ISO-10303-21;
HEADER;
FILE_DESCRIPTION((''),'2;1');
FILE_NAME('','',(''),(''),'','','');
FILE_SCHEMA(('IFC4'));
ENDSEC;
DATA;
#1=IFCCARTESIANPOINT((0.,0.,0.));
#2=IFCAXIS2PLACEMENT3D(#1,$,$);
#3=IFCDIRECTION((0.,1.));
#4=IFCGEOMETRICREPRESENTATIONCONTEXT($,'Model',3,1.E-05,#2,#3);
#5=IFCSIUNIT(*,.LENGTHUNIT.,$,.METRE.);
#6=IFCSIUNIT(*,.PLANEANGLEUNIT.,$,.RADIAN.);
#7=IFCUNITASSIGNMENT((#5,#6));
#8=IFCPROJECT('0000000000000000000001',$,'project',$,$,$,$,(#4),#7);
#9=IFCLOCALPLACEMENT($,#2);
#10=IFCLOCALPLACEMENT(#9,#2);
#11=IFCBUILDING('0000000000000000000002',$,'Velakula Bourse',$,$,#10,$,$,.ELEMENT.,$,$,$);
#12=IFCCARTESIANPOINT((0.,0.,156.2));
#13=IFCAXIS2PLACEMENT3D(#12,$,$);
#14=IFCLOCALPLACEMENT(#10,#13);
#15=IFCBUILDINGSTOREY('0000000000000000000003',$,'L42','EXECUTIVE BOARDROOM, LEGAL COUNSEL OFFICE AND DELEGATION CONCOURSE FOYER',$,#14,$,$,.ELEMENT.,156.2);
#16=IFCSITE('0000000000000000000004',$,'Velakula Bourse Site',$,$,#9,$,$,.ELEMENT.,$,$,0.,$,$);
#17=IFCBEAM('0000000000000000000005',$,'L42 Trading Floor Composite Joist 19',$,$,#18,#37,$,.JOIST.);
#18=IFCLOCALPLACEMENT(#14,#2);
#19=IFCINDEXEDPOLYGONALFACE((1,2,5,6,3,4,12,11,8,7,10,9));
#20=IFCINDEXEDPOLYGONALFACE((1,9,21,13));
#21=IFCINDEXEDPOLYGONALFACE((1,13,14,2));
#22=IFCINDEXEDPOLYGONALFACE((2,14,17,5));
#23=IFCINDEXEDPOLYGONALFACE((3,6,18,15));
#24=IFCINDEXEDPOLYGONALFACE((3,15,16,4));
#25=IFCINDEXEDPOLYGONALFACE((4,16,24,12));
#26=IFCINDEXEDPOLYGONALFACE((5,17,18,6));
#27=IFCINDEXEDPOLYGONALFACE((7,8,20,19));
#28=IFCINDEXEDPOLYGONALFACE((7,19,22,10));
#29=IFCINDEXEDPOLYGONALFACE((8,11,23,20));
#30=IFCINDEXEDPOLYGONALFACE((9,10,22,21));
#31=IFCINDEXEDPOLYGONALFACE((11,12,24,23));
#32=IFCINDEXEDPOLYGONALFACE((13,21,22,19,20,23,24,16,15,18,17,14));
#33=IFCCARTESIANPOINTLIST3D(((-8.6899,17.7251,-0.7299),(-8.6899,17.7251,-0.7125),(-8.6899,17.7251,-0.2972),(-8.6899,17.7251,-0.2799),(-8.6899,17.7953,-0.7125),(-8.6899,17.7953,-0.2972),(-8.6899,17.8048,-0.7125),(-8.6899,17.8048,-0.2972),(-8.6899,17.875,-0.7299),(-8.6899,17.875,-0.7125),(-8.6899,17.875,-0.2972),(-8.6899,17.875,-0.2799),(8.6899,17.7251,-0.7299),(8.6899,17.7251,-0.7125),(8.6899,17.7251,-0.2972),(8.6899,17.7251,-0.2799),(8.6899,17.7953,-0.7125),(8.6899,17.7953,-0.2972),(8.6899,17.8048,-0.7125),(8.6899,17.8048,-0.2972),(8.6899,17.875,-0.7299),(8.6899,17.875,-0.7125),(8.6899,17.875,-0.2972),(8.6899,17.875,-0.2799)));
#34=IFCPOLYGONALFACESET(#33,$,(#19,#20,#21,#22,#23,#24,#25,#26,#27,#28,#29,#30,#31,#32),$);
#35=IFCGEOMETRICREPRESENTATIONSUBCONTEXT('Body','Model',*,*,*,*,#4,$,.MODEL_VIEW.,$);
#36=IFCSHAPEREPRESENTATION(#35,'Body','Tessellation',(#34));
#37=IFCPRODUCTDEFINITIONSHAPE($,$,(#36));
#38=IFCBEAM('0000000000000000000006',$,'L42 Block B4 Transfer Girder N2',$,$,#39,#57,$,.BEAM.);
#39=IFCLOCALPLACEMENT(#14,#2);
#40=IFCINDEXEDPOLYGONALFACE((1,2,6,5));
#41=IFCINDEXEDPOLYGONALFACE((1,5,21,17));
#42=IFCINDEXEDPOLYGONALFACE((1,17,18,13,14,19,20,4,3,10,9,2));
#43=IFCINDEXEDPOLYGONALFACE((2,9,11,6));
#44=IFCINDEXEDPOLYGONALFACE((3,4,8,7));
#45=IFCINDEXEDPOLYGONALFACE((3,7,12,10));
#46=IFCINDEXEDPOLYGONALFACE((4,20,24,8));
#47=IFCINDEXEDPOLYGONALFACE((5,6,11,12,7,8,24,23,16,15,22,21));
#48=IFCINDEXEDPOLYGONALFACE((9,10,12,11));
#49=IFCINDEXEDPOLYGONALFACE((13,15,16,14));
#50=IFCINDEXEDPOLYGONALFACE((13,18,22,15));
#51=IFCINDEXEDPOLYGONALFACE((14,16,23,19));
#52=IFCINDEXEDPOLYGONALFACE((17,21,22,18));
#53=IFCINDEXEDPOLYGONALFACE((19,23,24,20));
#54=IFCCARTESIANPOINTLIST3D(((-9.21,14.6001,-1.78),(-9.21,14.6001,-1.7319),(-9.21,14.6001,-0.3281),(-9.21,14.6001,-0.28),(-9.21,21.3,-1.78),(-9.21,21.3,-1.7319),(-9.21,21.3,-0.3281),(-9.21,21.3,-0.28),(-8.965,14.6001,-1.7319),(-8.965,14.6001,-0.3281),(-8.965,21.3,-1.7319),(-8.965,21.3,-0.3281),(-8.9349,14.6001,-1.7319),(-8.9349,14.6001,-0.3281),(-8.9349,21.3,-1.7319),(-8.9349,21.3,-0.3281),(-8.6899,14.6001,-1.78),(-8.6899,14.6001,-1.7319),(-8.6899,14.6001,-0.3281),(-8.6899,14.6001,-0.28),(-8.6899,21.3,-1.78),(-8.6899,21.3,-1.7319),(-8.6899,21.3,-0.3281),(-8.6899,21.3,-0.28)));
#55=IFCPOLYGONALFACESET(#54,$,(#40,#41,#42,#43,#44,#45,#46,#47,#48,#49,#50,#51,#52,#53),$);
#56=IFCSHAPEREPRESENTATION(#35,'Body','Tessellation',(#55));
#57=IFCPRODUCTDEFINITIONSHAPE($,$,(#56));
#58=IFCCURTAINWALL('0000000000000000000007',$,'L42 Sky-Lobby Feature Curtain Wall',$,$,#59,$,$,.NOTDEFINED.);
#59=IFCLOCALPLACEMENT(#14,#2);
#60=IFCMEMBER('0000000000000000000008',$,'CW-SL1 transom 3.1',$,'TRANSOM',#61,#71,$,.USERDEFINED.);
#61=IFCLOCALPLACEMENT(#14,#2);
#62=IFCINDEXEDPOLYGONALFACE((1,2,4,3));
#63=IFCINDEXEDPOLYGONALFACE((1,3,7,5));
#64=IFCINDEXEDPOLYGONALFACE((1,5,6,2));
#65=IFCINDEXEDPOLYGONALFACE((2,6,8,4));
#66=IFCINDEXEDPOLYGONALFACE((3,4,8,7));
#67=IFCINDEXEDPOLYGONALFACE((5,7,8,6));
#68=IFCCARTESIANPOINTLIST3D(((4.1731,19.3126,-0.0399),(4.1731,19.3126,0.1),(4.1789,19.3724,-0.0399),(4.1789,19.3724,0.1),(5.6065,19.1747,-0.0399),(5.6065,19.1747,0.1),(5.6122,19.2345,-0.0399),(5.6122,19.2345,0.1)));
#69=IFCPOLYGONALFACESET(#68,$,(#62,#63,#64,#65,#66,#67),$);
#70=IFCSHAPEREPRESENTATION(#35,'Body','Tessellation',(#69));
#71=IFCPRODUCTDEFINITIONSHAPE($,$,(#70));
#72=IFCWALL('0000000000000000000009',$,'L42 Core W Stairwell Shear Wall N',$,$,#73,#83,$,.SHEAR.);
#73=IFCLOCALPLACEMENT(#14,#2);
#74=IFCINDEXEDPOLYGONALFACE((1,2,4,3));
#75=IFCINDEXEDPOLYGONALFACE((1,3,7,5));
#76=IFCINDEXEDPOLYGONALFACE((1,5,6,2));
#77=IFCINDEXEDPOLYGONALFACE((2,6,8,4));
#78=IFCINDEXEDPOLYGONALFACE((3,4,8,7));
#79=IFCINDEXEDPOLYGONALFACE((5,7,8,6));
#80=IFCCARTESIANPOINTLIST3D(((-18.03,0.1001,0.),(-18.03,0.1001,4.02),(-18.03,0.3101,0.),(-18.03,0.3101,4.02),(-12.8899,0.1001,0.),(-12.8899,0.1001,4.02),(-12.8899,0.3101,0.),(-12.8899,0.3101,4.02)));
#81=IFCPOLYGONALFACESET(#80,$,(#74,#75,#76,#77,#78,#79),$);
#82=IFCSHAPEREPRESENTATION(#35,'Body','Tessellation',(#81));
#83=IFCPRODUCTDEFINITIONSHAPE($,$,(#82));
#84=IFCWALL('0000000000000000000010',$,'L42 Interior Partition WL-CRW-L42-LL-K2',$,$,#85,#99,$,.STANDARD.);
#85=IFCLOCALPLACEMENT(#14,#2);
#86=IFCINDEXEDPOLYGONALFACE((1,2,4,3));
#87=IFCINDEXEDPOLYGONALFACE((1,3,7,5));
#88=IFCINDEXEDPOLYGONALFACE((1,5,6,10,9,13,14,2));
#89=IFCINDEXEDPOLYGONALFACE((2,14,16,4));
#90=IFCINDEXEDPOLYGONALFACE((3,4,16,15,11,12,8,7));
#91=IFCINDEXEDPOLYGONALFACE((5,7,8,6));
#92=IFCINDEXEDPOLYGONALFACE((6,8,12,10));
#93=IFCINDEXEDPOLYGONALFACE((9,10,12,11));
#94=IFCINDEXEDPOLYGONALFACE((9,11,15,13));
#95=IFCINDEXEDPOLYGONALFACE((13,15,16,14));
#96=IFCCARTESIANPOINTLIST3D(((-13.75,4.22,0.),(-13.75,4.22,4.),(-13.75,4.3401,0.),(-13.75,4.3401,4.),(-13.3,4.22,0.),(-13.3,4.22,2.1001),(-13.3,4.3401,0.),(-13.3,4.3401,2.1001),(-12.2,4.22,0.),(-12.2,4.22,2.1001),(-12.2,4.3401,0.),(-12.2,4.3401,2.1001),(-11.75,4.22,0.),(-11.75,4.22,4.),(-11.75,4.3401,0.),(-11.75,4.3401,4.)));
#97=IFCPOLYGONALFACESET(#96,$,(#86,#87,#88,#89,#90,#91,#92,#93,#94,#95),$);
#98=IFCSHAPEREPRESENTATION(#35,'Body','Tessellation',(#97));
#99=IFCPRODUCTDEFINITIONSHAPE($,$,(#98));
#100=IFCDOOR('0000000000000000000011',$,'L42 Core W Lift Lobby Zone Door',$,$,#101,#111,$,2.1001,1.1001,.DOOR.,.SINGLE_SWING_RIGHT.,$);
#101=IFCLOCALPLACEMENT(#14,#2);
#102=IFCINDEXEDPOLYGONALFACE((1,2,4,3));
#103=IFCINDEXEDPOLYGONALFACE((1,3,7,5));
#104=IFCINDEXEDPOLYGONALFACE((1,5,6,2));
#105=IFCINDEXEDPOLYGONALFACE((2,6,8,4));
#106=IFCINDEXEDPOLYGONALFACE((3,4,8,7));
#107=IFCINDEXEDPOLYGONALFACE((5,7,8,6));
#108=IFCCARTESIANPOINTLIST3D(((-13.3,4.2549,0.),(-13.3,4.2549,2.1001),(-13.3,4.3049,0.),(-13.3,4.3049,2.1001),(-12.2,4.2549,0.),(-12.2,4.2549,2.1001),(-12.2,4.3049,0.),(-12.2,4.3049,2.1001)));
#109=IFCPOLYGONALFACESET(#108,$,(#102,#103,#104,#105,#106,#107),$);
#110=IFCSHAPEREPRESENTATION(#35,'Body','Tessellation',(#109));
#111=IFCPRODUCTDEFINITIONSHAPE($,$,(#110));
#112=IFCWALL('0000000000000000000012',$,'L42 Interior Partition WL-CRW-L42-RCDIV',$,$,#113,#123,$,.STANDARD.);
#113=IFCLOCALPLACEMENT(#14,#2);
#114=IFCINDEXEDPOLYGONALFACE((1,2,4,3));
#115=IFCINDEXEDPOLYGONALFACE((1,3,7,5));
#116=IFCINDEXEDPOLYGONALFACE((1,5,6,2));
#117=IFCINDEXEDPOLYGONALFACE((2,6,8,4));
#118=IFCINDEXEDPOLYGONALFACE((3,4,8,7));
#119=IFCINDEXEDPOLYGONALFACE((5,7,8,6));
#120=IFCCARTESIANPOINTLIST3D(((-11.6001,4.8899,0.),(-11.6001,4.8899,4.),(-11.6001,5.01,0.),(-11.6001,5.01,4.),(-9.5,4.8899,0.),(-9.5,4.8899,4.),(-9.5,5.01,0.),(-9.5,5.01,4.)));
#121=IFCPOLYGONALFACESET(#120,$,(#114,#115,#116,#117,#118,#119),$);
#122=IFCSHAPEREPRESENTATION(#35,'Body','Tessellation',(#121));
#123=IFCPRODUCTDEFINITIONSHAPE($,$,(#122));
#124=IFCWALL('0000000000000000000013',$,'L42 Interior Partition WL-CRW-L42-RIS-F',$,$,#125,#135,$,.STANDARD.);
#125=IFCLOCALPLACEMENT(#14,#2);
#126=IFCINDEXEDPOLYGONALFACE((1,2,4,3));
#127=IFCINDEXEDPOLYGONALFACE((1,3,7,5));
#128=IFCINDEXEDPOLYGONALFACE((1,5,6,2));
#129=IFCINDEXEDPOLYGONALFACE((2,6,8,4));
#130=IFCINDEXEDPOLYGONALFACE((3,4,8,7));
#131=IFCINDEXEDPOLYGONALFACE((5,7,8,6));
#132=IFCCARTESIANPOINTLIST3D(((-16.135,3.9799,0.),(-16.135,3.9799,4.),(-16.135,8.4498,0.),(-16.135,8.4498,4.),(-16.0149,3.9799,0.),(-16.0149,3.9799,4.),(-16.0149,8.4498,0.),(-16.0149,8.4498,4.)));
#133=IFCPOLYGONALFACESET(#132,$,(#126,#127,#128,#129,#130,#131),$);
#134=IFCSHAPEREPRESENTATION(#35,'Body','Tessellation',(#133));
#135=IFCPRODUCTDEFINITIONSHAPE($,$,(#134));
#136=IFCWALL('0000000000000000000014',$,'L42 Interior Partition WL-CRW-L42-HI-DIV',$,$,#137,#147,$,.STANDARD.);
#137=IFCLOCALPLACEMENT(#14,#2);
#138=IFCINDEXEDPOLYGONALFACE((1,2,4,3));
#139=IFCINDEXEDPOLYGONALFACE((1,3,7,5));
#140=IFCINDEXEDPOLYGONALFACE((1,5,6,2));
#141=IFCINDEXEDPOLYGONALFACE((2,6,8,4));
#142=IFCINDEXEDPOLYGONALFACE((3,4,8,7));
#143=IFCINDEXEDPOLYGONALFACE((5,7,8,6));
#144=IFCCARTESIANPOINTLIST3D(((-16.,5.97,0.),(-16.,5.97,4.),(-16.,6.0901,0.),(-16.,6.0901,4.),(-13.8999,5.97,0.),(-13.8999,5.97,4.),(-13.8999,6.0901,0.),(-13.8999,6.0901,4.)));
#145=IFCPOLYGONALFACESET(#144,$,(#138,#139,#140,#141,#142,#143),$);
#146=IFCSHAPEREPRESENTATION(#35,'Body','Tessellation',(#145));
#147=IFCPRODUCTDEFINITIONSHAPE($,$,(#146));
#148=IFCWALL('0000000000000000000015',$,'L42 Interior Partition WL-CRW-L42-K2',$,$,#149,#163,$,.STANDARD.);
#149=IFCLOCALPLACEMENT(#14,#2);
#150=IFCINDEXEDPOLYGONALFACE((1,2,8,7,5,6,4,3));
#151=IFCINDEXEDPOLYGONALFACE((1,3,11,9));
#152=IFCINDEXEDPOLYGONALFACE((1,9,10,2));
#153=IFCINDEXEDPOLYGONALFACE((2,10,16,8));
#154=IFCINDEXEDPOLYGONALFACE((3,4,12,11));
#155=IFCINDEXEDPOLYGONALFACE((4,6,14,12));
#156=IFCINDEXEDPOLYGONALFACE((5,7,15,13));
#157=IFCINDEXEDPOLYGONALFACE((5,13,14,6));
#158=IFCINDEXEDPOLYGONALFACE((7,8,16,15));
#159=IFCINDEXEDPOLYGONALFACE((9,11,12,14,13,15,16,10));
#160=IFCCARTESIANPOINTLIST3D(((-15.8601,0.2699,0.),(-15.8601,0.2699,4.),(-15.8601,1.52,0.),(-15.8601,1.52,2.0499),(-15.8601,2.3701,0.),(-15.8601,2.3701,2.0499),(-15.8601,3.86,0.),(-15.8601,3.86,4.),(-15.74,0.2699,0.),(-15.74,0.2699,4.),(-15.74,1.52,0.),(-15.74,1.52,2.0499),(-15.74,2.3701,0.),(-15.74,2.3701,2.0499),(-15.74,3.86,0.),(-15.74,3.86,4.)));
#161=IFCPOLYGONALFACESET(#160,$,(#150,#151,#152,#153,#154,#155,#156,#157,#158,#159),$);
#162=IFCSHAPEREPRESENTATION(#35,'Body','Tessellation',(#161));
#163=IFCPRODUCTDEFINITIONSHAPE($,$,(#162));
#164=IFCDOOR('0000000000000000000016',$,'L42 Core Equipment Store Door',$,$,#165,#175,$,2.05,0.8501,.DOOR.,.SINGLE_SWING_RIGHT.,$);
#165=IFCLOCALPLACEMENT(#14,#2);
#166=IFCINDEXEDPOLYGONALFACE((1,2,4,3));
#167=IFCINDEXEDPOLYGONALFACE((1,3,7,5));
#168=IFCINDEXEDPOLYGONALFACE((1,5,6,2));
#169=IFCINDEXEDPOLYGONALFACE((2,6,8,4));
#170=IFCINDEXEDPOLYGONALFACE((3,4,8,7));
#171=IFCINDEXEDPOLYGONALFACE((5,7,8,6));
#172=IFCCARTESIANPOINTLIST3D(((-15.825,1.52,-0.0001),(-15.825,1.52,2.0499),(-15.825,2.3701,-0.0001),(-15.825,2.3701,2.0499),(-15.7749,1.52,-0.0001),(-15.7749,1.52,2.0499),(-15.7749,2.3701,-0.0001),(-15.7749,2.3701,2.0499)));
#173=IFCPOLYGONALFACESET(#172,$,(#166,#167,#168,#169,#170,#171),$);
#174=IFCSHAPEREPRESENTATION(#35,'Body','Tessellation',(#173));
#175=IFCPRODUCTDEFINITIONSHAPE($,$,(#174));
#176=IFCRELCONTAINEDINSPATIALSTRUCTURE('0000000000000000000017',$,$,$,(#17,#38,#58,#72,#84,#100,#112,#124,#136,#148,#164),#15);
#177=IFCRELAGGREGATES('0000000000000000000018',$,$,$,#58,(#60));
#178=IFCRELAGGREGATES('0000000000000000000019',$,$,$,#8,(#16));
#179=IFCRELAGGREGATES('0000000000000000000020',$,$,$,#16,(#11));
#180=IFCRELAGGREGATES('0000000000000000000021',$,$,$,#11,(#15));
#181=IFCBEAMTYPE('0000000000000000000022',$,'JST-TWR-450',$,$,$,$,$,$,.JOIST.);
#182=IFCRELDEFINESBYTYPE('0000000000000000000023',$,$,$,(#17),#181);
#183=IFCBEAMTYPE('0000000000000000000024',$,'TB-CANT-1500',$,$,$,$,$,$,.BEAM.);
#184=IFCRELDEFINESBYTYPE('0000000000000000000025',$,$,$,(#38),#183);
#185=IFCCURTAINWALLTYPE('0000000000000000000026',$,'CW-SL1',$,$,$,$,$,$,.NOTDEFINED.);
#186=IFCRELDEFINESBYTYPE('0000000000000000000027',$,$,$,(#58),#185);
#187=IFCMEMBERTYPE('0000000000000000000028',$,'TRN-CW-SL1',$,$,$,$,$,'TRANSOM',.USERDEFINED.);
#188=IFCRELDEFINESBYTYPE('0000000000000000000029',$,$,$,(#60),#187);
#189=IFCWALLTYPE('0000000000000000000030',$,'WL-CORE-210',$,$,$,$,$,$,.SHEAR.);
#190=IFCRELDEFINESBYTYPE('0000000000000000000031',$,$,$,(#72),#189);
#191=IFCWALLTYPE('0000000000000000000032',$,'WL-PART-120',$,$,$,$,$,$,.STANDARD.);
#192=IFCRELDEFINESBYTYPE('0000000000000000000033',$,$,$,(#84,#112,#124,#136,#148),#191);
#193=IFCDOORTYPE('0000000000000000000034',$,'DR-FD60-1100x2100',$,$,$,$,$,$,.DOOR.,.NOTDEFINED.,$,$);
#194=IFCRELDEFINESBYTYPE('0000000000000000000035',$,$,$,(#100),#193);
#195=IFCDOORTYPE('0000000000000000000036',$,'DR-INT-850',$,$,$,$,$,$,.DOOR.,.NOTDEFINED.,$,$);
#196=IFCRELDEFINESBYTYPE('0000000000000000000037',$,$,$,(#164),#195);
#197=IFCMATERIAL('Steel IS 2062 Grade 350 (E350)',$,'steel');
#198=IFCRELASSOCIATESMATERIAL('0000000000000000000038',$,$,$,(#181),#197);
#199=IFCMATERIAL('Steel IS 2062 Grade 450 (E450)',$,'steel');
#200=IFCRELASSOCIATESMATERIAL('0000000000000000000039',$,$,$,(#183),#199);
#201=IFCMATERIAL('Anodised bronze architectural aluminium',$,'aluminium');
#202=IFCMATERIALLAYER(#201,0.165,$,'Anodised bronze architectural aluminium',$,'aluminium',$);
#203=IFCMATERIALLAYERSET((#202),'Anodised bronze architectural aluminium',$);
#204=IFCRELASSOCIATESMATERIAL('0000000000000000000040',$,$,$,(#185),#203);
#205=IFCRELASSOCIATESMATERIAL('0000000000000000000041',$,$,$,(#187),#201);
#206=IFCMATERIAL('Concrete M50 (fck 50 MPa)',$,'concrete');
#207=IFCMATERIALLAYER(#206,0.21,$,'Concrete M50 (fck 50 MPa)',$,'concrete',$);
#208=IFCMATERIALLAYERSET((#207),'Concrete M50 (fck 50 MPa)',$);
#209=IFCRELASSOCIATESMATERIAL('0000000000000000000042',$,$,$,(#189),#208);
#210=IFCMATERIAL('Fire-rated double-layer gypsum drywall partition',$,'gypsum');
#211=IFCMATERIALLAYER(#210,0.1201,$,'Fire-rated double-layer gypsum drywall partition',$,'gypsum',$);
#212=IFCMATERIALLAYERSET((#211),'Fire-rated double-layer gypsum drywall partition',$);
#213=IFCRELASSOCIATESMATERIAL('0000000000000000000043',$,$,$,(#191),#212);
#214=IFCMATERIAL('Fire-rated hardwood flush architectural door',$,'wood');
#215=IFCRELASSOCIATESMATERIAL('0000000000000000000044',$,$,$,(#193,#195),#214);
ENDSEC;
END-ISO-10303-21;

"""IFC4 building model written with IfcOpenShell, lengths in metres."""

from ifc_helpers import new_model, si_unit, direction, frame, frame_2d, origin, origin_2d, place, context, subcontext, project, spatial, rectangle, i_section, extrude, material, layer, layer_set, material_profile, profile_set, type_object, element, fill, aggregate, save


model = new_model("IFC4")

# Units and contexts
model_context = context("Model", 3, precision=1e-05, world=origin(), true_north=direction((0.0, 1.0)))
body_context = subcontext(model_context, "Body", "Model", "MODEL_VIEW")
ifc_project = project(units=[si_unit("LENGTHUNIT", "METRE"), si_unit("PLANEANGLEUNIT", "RADIAN")], contexts=[model_context])

# Site, building, storey
site_placement = place(None, origin())
site = spatial("IfcSite", under=ifc_project, at=site_placement, Name="Velakula Bourse Site", CompositionType="ELEMENT", RefElevation=0.0)
building_placement = place(site_placement, origin())
building = spatial("IfcBuilding", under=site, at=building_placement, Name="Velakula Bourse", CompositionType="ELEMENT")
storey_placement = place(building_placement, frame((0.0, 0.0, 156.2)))
storey = spatial("IfcBuildingStorey", under=building, at=storey_placement, Name="L42", Description="EXECUTIVE BOARDROOM, LEGAL COUNSEL OFFICE AND DELEGATION CONCOURSE FOYER", CompositionType="ELEMENT", Elevation=156.2)

# Shared definitions
ifc_material_1 = material(Name="Steel IS 2062 Grade 350 (E350)", Category="steel")

# Beams
ifc_material_profile_1 = material_profile(ifc_material_1, i_section(OverallWidth=0.1499, OverallDepth=0.45, WebThickness=0.0095, FlangeThickness=0.0173, at=origin_2d()), Name="Steel IS 2062 Grade 350 (E350)")
ifc_profile_set_1 = profile_set([ifc_material_profile_1], Name="Steel IS 2062 Grade 350 (E350)")
beam_type_1 = type_object("IfcBeamType", Name="JST-TWR-450", PredefinedType="JOIST", material=ifc_profile_set_1)
beam_1_placement = place(storey_placement, frame((-8.6899, 17.8, -0.5049), z_axis=(1.0, 0.0, 0.0), x_axis=(0.0, 1.0, 0.0)))
element("IfcBeam", 1, at=beam_1_placement, inside=storey, type_object=beam_type_1, Name="L42 Trading Floor Composite Joist 19", PredefinedType="JOIST", context=body_context, shape_type="SweptSolid", body=[
    extrude(i_section(OverallWidth=0.1499, OverallDepth=0.45, WebThickness=0.0095, FlangeThickness=0.0173, at=origin_2d()), origin(), (0.0, 0.0, 1.0), 17.3799),
])
ifc_material_2 = material(Name="Steel IS 2062 Grade 450 (E450)", Category="steel")
ifc_material_profile_2 = material_profile(ifc_material_2, i_section(OverallWidth=0.52, OverallDepth=1.5, WebThickness=0.03, FlangeThickness=0.0481, at=origin_2d()), Name="Steel IS 2062 Grade 450 (E450)")
ifc_profile_set_2 = profile_set([ifc_material_profile_2], Name="Steel IS 2062 Grade 450 (E450)")
beam_type_2 = type_object("IfcBeamType", Name="TB-CANT-1500", PredefinedType="BEAM", material=ifc_profile_set_2)
beam_2_placement = place(storey_placement, frame((-8.95, 14.6001, -1.03), z_axis=(0.0, 1.0, 0.0), x_axis=(-1.0, 0.0, 0.0)))
element("IfcBeam", 2, at=beam_2_placement, inside=storey, type_object=beam_type_2, Name="L42 Block B4 Transfer Girder N2", PredefinedType="BEAM", context=body_context, shape_type="SweptSolid", body=[
    extrude(i_section(OverallWidth=0.52, OverallDepth=1.5, WebThickness=0.03, FlangeThickness=0.0481, at=origin_2d()), origin(), (0.0, 0.0, 1.0), 6.7),
])

# Curtain wall, member
ifc_material_3 = material(Name="Anodised bronze architectural aluminium", Category="aluminium")
ifc_layer_1 = layer(ifc_material_3, 0.165, Name="Anodised bronze architectural aluminium", Category="aluminium")
ifc_layer_set_1 = layer_set([ifc_layer_1], Name="Anodised bronze architectural aluminium")
curtain_wall_type = type_object("IfcCurtainWallType", Name="CW-SL1", PredefinedType="NOTDEFINED", material=ifc_layer_set_1)
curtain_wall_placement = place(storey_placement, origin())
curtain_wall = element("IfcCurtainWall", 3, at=curtain_wall_placement, inside=storey, type_object=curtain_wall_type, Name="L42 Sky-Lobby Feature Curtain Wall", PredefinedType="NOTDEFINED")
ifc_material_profile_3 = material_profile(ifc_material_3, rectangle(XDim=0.0601, YDim=0.1399, at=origin_2d()), Name="Anodised bronze architectural aluminium")
ifc_profile_set_3 = profile_set([ifc_material_profile_3], Name="Anodised bronze architectural aluminium")
member_type = type_object("IfcMemberType", Name="TRN-CW-SL1", ElementType="TRANSOM", PredefinedType="USERDEFINED", material=ifc_profile_set_3)
member_placement = place(storey_placement, frame((4.176, 19.3425, 0.03), z_axis=(0.995401, -0.095793, 0.0), x_axis=(0.095793, 0.995401, 0.0)))
member = element("IfcMember", 4, at=member_placement, type_object=member_type, Name="CW-SL1 transom 3.1", ObjectType="TRANSOM", PredefinedType="USERDEFINED", context=body_context, shape_type="SweptSolid", body=[
    extrude(rectangle(XDim=0.0601, YDim=0.1399, at=origin_2d()), origin(), (0.0, 0.0, 1.0), 1.4399),
])
aggregate(curtain_wall, [member])

# Wall
ifc_material_4 = material(Name="Concrete M50 (fck 50 MPa)", Category="concrete")
ifc_layer_2 = layer(ifc_material_4, 0.21, Name="Concrete M50 (fck 50 MPa)", Category="concrete")
ifc_layer_set_2 = layer_set([ifc_layer_2], Name="Concrete M50 (fck 50 MPa)")
wall_type_1 = type_object("IfcWallType", Name="WL-CORE-210", PredefinedType="SHEAR", material=ifc_layer_set_2)
wall_1_placement = place(storey_placement, frame((-12.8899, 0.2051, 0.0), z_axis=(0.0, 0.0, 1.0), x_axis=(-1.0, 0.0, 0.0)))
element("IfcWall", 5, at=wall_1_placement, inside=storey, type_object=wall_type_1, Name="L42 Core W Stairwell Shear Wall N", PredefinedType="SHEAR", context=body_context, shape_type="SweptSolid", body=[
    extrude(rectangle(XDim=5.1401, YDim=0.21, at=frame_2d((2.5701, 0.0))), origin(), (0.0, 0.0, 1.0), 4.02),
])

# Wall, opening, door
ifc_material_5 = material(Name="Fire-rated double-layer gypsum drywall partition", Category="gypsum")
ifc_layer_3 = layer(ifc_material_5, 0.1201, Name="Fire-rated double-layer gypsum drywall partition", Category="gypsum")
ifc_layer_set_3 = layer_set([ifc_layer_3], Name="Fire-rated double-layer gypsum drywall partition")
wall_type_2 = type_object("IfcWallType", Name="WL-PART-120", PredefinedType="STANDARD", material=ifc_layer_set_3)
wall_2_placement = place(storey_placement, frame((-13.75, 4.28, 0.0), z_axis=(0.0, 0.0, 1.0), x_axis=(1.0, 0.0, 0.0)))
wall_2 = element("IfcWall", 6, at=wall_2_placement, inside=storey, type_object=wall_type_2, Name="L42 Interior Partition WL-CRW-L42-LL-K2", PredefinedType="STANDARD", context=body_context, shape_type="SweptSolid", body=[
    extrude(rectangle(XDim=2.0, YDim=0.1201, at=frame_2d((1.0, 0.0))), origin(), (0.0, 0.0, 1.0), 4.0),
])
opening_1_placement = place(wall_2_placement, frame((0.45, 0.0, 0.0)))
opening_1 = element("IfcOpeningElement", 7, at=opening_1_placement, cuts=wall_2, PredefinedType="OPENING", context=body_context, shape_type="SweptSolid", body=[
    extrude(rectangle(XDim=1.1001, YDim=2.1001, at=frame_2d((0.55, 1.05))), frame((0.0, 0.0701, 0.0), z_axis=(0.0, -1.0, 0.0), x_axis=(1.0, 0.0, 0.0)), (0.0, 0.0, 1.0), 0.1401),
])
ifc_material_6 = material(Name="Fire-rated hardwood flush architectural door", Category="wood")
door_type_1 = type_object("IfcDoorType", Name="DR-FD60-1100x2100", OperationType="NOTDEFINED", PredefinedType="DOOR", material=ifc_material_6)
door_1_placement = place(opening_1_placement, origin())
door_1 = element("IfcDoor", 8, at=door_1_placement, inside=storey, type_object=door_type_1, Name="L42 Core W Lift Lobby Zone Door", OperationType="SINGLE_SWING_RIGHT", OverallHeight=2.1001, OverallWidth=1.1001, PredefinedType="DOOR", context=body_context, shape_type="SweptSolid", body=[
    extrude(rectangle(XDim=1.1001, YDim=2.1001, at=frame_2d((0.55, 1.05))), frame((0.0, 0.0249, 0.0), z_axis=(0.0, -1.0, 0.0), x_axis=(1.0, 0.0, 0.0)), (0.0, 0.0, 1.0), 0.05),
])
fill(opening_1, door_1)

# Walls
wall_3_placement = place(storey_placement, frame((-11.6001, 4.95, 0.0), z_axis=(0.0, 0.0, 1.0), x_axis=(1.0, 0.0, 0.0)))
element("IfcWall", 9, at=wall_3_placement, inside=storey, type_object=wall_type_2, Name="L42 Interior Partition WL-CRW-L42-RCDIV", PredefinedType="STANDARD", context=body_context, shape_type="SweptSolid", body=[
    extrude(rectangle(XDim=2.1001, YDim=0.1201, at=frame_2d((1.05, 0.0))), origin(), (0.0, 0.0, 1.0), 4.0),
])
wall_4_placement = place(storey_placement, frame((-16.075, 3.98, 0.0), z_axis=(0.0, 0.0, 1.0), x_axis=(0.0, 1.0, 0.0)))
element("IfcWall", 10, at=wall_4_placement, inside=storey, type_object=wall_type_2, Name="L42 Interior Partition WL-CRW-L42-RIS-F", PredefinedType="STANDARD", context=body_context, shape_type="SweptSolid", body=[
    extrude(rectangle(XDim=4.47, YDim=0.1201, at=frame_2d((2.2349, 0.0))), origin(), (0.0, 0.0, 1.0), 4.0),
])
wall_5_placement = place(storey_placement, frame((-16.0, 6.03, 0.0), z_axis=(0.0, 0.0, 1.0), x_axis=(1.0, 0.0, 0.0)))
element("IfcWall", 11, at=wall_5_placement, inside=storey, type_object=wall_type_2, Name="L42 Interior Partition WL-CRW-L42-HI-DIV", PredefinedType="STANDARD", context=body_context, shape_type="SweptSolid", body=[
    extrude(rectangle(XDim=2.1001, YDim=0.1201, at=frame_2d((1.05, 0.0))), origin(), (0.0, 0.0, 1.0), 4.0),
])

# Wall, opening, door
wall_6_placement = place(storey_placement, frame((-15.8, 0.27, 0.0), z_axis=(0.0, 0.0, 1.0), x_axis=(0.0, 1.0, 0.0)))
wall_6 = element("IfcWall", 12, at=wall_6_placement, inside=storey, type_object=wall_type_2, Name="L42 Interior Partition WL-CRW-L42-K2", PredefinedType="STANDARD", context=body_context, shape_type="SweptSolid", body=[
    extrude(rectangle(XDim=3.5901, YDim=0.1201, at=frame_2d((1.7949, 0.0))), origin(), (0.0, 0.0, 1.0), 4.0),
])
opening_2_placement = place(wall_6_placement, frame((1.25, 0.0, 0.0)))
opening_2 = element("IfcOpeningElement", 13, at=opening_2_placement, cuts=wall_6, PredefinedType="OPENING", context=body_context, shape_type="SweptSolid", body=[
    extrude(rectangle(XDim=0.8501, YDim=2.05, at=frame_2d((0.425, 1.0249))), frame((0.0, 0.0701, 0.0), z_axis=(0.0, -1.0, 0.0), x_axis=(1.0, 0.0, 0.0)), (0.0, 0.0, 1.0), 0.1401),
])
door_type_2 = type_object("IfcDoorType", Name="DR-INT-850", OperationType="NOTDEFINED", PredefinedType="DOOR", material=ifc_material_6)
door_2_placement = place(opening_2_placement, origin())
door_2 = element("IfcDoor", 14, at=door_2_placement, inside=storey, type_object=door_type_2, Name="L42 Core Equipment Store Door", OperationType="SINGLE_SWING_RIGHT", OverallHeight=2.05, OverallWidth=0.8501, PredefinedType="DOOR", context=body_context, shape_type="SweptSolid", body=[
    extrude(rectangle(XDim=0.8501, YDim=2.05, at=frame_2d((0.425, 1.0249))), frame((0.0, 0.0249, 0.0), z_axis=(0.0, -1.0, 0.0), x_axis=(1.0, 0.0, 0.0)), (0.0, 0.0, 1.0), 0.05),
])
fill(opening_2, door_2)

save(model, "model.ifc")
